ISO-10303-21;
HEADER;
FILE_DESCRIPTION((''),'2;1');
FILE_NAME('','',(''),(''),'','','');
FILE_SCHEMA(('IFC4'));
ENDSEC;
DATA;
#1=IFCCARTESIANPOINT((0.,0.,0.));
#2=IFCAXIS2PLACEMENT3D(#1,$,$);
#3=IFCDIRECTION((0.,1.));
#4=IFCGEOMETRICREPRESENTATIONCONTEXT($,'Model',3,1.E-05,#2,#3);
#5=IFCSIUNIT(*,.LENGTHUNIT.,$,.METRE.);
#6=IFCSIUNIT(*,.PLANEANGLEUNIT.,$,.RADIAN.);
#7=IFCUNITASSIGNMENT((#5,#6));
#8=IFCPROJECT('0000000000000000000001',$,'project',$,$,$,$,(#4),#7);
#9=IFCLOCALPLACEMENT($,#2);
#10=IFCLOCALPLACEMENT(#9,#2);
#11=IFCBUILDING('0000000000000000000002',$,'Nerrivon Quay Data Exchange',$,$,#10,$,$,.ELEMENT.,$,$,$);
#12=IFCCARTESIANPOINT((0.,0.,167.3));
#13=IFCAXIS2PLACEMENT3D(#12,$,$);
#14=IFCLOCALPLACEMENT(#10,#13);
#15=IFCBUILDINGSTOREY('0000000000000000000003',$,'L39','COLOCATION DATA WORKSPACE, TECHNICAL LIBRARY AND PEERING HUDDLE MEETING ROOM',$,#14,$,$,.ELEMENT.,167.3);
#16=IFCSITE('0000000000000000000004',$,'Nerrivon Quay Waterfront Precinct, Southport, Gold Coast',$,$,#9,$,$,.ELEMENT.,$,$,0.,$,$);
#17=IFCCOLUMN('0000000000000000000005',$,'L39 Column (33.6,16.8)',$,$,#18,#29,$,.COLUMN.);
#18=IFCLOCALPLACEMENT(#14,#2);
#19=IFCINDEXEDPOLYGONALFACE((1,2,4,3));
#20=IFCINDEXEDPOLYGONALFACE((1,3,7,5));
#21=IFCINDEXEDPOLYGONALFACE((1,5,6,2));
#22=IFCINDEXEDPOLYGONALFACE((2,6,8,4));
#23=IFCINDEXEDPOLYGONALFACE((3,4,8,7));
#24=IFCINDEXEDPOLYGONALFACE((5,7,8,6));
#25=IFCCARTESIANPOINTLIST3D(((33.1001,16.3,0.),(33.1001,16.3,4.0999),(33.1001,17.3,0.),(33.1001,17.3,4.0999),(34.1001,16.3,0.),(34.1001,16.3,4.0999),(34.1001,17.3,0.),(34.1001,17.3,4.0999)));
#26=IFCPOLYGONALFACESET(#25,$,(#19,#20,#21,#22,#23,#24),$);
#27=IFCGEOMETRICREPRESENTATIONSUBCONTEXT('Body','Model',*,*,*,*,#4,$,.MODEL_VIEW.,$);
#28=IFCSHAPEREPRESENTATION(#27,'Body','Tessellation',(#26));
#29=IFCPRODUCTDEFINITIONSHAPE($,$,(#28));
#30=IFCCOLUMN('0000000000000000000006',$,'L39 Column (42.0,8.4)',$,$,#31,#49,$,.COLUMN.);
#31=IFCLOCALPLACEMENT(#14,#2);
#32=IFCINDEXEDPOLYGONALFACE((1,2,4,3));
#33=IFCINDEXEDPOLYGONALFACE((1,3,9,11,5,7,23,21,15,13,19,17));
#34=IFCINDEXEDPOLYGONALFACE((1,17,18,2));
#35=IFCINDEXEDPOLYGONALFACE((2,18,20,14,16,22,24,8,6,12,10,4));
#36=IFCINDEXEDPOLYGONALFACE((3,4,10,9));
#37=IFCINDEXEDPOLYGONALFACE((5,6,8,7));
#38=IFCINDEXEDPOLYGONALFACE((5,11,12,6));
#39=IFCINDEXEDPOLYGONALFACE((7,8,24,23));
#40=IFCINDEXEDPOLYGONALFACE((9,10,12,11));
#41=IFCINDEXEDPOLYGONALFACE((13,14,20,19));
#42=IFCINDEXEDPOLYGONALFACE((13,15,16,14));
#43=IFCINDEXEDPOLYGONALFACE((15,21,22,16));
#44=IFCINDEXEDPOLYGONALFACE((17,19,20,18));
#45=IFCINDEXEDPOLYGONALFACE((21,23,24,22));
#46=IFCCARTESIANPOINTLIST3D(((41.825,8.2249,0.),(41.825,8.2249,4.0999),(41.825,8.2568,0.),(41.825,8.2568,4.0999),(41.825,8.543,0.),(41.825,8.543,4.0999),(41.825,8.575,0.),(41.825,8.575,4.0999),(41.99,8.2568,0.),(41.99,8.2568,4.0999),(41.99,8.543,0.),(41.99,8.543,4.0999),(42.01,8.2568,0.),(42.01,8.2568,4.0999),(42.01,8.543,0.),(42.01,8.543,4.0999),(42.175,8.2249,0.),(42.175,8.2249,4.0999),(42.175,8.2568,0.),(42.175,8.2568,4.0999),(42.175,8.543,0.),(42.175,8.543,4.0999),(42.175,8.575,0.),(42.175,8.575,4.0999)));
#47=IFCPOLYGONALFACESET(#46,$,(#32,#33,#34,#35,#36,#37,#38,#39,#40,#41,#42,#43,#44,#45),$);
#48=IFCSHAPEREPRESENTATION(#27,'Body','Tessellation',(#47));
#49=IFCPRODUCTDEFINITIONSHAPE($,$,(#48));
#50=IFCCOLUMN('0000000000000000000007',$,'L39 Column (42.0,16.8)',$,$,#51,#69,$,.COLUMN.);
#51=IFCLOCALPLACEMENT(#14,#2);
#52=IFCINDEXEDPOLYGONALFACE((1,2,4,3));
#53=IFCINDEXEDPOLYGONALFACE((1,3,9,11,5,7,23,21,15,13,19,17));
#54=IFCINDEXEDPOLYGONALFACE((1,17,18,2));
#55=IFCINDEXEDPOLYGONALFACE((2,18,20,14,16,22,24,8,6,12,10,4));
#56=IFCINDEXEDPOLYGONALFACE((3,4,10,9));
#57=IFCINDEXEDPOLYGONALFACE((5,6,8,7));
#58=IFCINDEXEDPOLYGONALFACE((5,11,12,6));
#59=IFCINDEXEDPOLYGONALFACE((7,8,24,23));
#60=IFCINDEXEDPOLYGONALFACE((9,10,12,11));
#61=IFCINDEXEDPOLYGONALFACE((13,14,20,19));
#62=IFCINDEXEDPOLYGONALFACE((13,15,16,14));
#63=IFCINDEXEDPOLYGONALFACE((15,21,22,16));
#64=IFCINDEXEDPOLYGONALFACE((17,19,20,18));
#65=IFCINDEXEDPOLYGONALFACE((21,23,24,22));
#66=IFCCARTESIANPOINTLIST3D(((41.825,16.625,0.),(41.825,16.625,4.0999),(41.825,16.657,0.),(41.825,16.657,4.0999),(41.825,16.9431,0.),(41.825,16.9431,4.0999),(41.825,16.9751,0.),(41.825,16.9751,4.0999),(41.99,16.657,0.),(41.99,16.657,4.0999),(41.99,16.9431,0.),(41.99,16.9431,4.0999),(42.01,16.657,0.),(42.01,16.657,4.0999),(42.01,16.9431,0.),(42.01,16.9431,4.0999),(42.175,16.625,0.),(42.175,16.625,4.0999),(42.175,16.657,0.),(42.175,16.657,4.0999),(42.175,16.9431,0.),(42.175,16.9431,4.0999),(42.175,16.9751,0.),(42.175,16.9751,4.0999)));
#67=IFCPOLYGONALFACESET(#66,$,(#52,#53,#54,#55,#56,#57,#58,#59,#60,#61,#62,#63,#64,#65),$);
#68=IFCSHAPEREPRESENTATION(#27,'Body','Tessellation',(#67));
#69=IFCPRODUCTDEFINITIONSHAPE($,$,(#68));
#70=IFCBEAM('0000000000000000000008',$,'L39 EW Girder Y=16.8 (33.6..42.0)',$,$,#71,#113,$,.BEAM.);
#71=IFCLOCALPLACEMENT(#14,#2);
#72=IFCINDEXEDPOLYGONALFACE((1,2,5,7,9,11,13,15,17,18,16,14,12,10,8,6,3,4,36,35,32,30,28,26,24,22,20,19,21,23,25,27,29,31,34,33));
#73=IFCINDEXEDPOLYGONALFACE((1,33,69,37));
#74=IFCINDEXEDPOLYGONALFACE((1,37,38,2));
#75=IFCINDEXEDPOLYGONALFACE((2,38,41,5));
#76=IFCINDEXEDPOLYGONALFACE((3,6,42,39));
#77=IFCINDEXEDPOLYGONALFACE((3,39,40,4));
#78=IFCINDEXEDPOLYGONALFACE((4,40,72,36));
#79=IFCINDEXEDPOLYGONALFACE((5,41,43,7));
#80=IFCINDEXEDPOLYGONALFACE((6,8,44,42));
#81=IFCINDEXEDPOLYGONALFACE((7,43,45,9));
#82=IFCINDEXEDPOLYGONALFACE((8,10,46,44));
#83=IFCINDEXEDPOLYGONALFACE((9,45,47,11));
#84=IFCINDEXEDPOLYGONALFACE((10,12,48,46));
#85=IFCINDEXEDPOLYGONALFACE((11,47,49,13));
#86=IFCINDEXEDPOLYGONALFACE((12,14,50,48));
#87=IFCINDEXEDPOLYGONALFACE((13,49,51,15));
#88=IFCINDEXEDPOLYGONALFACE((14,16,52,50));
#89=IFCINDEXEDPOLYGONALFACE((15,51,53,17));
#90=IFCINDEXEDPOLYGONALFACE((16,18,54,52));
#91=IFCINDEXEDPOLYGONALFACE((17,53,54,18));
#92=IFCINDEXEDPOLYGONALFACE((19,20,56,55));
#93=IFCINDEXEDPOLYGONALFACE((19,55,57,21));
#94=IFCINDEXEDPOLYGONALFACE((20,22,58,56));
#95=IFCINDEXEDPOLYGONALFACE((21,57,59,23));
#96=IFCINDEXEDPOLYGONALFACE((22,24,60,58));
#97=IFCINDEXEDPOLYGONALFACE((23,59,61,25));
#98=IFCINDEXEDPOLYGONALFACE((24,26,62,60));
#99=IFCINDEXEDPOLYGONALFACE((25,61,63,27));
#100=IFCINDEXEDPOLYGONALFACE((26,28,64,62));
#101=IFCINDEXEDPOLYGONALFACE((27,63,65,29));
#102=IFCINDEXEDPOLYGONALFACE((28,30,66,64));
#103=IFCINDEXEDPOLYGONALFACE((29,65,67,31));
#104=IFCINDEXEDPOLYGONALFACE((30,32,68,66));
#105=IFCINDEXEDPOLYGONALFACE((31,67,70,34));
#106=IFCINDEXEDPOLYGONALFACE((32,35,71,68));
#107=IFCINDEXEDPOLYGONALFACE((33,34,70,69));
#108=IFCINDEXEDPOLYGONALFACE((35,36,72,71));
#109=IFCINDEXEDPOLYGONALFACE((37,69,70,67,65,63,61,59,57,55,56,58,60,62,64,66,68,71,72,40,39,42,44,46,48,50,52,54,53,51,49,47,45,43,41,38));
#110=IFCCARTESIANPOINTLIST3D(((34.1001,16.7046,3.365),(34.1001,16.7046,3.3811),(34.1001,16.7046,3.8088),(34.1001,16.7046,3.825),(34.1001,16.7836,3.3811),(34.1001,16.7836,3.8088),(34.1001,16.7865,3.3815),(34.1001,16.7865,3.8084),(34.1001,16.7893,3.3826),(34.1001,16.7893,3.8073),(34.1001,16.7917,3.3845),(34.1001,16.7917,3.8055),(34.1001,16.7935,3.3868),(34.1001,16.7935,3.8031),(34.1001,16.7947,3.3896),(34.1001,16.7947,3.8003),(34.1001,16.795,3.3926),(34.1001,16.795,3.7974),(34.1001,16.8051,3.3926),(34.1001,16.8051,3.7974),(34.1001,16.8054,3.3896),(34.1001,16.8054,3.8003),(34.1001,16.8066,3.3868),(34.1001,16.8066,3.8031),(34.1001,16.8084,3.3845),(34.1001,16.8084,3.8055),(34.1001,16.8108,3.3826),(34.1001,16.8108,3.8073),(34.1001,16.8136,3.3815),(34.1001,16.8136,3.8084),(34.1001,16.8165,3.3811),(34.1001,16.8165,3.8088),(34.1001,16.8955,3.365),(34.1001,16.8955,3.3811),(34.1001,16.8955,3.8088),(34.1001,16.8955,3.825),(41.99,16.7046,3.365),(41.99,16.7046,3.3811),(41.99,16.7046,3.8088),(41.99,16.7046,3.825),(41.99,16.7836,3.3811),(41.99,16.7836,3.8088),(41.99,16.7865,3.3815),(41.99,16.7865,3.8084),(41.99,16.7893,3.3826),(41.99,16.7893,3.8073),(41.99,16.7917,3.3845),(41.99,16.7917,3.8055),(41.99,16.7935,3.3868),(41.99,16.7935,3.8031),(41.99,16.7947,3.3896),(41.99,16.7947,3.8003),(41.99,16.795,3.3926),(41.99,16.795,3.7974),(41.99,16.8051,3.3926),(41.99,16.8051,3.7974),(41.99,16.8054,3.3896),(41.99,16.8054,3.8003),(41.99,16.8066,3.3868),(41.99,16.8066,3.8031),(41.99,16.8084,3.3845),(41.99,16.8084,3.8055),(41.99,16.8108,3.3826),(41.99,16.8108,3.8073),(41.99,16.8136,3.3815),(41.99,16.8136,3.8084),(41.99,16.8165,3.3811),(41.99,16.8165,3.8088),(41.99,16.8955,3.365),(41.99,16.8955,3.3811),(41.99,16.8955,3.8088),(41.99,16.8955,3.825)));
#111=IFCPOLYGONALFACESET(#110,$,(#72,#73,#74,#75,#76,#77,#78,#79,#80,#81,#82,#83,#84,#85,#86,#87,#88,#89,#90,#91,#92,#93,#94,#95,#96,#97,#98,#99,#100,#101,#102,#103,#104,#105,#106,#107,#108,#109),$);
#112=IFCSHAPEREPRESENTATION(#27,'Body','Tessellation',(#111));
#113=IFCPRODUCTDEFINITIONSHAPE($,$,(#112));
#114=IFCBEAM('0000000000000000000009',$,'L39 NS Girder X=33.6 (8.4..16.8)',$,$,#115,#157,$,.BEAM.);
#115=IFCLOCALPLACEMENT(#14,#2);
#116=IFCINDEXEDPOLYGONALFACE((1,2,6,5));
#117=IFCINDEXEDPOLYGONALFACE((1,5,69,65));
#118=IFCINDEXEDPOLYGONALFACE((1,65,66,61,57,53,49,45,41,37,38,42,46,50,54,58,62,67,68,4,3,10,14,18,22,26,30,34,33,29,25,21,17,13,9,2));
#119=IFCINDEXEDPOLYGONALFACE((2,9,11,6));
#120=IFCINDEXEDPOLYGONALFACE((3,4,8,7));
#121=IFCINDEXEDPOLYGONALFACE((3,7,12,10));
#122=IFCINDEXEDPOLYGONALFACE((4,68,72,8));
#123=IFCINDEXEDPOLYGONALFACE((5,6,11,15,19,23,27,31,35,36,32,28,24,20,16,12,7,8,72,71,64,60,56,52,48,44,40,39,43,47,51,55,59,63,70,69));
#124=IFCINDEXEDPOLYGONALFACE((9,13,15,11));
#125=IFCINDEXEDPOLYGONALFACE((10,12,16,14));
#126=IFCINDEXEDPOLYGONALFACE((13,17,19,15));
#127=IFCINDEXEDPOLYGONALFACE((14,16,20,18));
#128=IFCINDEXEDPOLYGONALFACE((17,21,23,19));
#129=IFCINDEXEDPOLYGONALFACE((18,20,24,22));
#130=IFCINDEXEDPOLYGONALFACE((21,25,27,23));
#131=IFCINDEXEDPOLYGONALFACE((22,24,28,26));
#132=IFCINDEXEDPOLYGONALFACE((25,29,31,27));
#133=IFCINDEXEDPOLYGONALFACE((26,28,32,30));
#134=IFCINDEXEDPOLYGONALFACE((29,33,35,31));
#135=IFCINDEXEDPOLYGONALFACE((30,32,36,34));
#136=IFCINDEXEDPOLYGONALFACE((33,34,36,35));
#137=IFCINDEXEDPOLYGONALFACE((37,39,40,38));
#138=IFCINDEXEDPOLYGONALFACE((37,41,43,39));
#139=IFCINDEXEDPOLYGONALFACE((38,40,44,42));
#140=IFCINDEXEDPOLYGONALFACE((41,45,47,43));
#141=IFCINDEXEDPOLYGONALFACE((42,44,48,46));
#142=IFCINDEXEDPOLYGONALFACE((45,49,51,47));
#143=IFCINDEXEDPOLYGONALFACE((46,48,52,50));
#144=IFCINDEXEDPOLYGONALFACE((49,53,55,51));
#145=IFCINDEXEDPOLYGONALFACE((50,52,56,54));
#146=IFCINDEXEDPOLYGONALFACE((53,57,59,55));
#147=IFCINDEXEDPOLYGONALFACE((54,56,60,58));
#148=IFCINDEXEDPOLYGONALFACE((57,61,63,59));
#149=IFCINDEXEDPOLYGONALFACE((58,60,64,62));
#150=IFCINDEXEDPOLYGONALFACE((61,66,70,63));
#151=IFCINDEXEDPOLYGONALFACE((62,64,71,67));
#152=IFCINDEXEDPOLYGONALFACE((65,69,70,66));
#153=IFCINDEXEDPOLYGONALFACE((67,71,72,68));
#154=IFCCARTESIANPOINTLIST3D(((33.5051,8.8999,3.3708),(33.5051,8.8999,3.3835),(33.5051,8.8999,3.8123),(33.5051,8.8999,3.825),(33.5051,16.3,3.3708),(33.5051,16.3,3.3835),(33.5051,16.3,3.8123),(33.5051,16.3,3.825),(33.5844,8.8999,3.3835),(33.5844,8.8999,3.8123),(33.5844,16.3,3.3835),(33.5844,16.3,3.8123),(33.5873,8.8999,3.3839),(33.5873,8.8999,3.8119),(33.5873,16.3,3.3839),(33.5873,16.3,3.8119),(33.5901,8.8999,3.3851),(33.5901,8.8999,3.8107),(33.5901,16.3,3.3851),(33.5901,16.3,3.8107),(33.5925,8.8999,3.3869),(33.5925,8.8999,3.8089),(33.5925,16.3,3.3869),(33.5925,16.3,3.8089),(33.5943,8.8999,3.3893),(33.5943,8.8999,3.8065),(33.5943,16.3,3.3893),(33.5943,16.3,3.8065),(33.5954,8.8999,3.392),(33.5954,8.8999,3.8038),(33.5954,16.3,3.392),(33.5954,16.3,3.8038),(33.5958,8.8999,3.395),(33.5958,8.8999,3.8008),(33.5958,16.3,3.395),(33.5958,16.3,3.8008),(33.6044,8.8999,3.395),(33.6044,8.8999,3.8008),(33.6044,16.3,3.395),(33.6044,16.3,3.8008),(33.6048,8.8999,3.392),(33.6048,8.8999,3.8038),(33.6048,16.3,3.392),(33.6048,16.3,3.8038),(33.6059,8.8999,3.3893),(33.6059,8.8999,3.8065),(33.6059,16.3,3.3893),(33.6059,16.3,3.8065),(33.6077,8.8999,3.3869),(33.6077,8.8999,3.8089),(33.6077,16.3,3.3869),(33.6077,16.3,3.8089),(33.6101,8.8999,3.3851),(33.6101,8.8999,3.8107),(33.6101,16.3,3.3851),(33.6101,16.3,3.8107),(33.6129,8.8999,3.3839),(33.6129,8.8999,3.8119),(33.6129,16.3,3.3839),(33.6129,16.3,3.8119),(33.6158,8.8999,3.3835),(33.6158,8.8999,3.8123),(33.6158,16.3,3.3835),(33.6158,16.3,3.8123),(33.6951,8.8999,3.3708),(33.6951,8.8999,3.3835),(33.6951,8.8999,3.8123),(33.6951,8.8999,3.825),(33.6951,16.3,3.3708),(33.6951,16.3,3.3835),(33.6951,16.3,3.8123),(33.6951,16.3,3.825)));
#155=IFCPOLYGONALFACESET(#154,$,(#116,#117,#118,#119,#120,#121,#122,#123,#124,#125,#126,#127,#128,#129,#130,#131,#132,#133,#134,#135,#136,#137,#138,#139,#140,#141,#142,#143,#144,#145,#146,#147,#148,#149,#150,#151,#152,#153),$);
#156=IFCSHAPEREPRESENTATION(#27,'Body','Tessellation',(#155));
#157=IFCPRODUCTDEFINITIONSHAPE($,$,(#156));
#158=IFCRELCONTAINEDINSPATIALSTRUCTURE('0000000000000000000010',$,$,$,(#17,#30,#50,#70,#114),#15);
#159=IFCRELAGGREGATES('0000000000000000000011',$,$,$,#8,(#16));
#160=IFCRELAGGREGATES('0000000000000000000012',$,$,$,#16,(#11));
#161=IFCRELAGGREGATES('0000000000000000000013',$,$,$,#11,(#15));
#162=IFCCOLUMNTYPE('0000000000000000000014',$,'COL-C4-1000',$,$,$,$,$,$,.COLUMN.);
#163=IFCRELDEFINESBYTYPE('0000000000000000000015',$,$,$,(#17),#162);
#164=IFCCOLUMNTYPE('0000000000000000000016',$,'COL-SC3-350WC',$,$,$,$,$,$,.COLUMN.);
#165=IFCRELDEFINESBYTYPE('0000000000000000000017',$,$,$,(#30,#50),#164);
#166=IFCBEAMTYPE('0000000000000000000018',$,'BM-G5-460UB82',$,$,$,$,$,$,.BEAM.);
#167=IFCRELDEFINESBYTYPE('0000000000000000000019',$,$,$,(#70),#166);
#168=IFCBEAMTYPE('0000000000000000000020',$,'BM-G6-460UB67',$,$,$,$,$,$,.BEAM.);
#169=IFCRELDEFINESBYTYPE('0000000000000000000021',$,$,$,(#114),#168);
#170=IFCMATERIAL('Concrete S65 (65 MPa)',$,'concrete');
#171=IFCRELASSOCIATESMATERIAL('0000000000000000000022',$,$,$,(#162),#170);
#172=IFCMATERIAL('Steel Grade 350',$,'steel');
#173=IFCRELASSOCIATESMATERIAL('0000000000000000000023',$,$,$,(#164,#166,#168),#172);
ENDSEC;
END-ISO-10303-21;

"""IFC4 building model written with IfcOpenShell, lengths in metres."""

from ifc_helpers import new_model, si_unit, direction, frame, origin, origin_2d, place, context, subcontext, project, spatial, rectangle, i_section, extrude, material, material_profile, profile_set, type_object, element, save


model = new_model("IFC4")

# Units and contexts
model_context = context("Model", 3, precision=1e-05, world=origin(), true_north=direction((0.0, 1.0)))
body_context = subcontext(model_context, "Body", "Model", "MODEL_VIEW")
ifc_project = project(units=[si_unit("LENGTHUNIT", "METRE"), si_unit("PLANEANGLEUNIT", "RADIAN")], contexts=[model_context])

# Site, building, storey
site_placement = place(None, origin())
site = spatial("IfcSite", under=ifc_project, at=site_placement, Name="Nerrivon Quay Waterfront Precinct, Southport, Gold Coast", CompositionType="ELEMENT", RefElevation=0.0)
building_placement = place(site_placement, origin())
building = spatial("IfcBuilding", under=site, at=building_placement, Name="Nerrivon Quay Data Exchange", CompositionType="ELEMENT")
storey_placement = place(building_placement, frame((0.0, 0.0, 167.3)))
storey = spatial("IfcBuildingStorey", under=building, at=storey_placement, Name="L39", Description="COLOCATION DATA WORKSPACE, TECHNICAL LIBRARY AND PEERING HUDDLE MEETING ROOM", CompositionType="ELEMENT", Elevation=167.3)

# Columns
ifc_material_1 = material(Name="Concrete S65 (65 MPa)", Category="concrete")
ifc_material_profile_1 = material_profile(ifc_material_1, rectangle(XDim=1.0, YDim=1.0, at=origin_2d()), Name="RC-COL-1000x1000")
ifc_profile_set_1 = profile_set([ifc_material_profile_1], Name="Concrete S65 (65 MPa)")
column_type_1 = type_object("IfcColumnType", Name="COL-C4-1000", PredefinedType="COLUMN", material=ifc_profile_set_1)
column_placement = place(storey_placement, frame((33.6001, 16.8, 0.0), z_axis=(0.0, 0.0, 1.0), x_axis=(1.0, 0.0, 0.0)))
element("IfcColumn", 1, at=column_placement, inside=storey, type_object=column_type_1, Name="L39 Column (33.6,16.8)", PredefinedType="COLUMN", context=body_context, shape_type="SweptSolid", body=[
    extrude(rectangle(XDim=1.0, YDim=1.0, at=origin_2d()), origin(), (0.0, 0.0, 1.0), 4.0999),
])
ifc_material_2 = material(Name="Steel Grade 350", Category="steel")
ifc_material_profile_2 = material_profile(ifc_material_2, i_section(OverallWidth=0.3501, OverallDepth=0.3501, WebThickness=0.02, FlangeThickness=0.032, at=origin_2d()), Name="350WC230")
ifc_profile_set_2 = profile_set([ifc_material_profile_2], Name="Steel Grade 350")
column_type_2 = type_object("IfcColumnType", Name="COL-SC3-350WC", PredefinedType="COLUMN", material=ifc_profile_set_2)
for number, where, z_axis, x_axis, name in (
    (2, (42.0, 8.3999, 0.0), (0.0, 0.0, 1.0), (1.0, 0.0, 0.0), "L39 Column (42.0,8.4)"),
    (3, (42.0, 16.8, 0.0), (0.0, 0.0, 1.0), (1.0, 0.0, 0.0), "L39 Column (42.0,16.8)"),
):
    element("IfcColumn", number, at=place(storey_placement, frame(where, z_axis=z_axis, x_axis=x_axis)), inside=storey, type_object=column_type_2, Name=name, PredefinedType="COLUMN", context=body_context, shape_type="SweptSolid", body=[
        extrude(i_section(OverallWidth=0.3501, OverallDepth=0.3501, WebThickness=0.02, FlangeThickness=0.032, at=origin_2d()), origin(), (0.0, 0.0, 1.0), 4.0999),
    ])

# Beams
ifc_material_profile_3 = material_profile(ifc_material_2, i_section(OverallWidth=0.1909, OverallDepth=0.46, WebThickness=0.01, FlangeThickness=0.0161, FilletRadius=0.0115, at=origin_2d()), Name="460UB82.1")
ifc_profile_set_3 = profile_set([ifc_material_profile_3], Name="Steel Grade 350")
beam_type_1 = type_object("IfcBeamType", Name="BM-G5-460UB82", PredefinedType="BEAM", material=ifc_profile_set_3)
beam_1_placement = place(storey_placement, frame((34.1001, 16.8, 3.595), z_axis=(1.0, 0.0, 0.0), x_axis=(0.0, 1.0, 0.0)))
element("IfcBeam", 4, at=beam_1_placement, inside=storey, type_object=beam_type_1, Name="L39 EW Girder Y=16.8 (33.6..42.0)", PredefinedType="BEAM", context=body_context, shape_type="SweptSolid", body=[
    extrude(i_section(OverallWidth=0.1909, OverallDepth=0.46, WebThickness=0.01, FlangeThickness=0.0161, FilletRadius=0.0115, at=origin_2d()), origin(), (0.0, 0.0, 1.0), 7.8899),
])
ifc_material_profile_4 = material_profile(ifc_material_2, i_section(OverallWidth=0.1899, OverallDepth=0.4541, WebThickness=0.0085, FlangeThickness=0.0127, FilletRadius=0.0115, at=origin_2d()), Name="460UB67.1")
ifc_profile_set_4 = profile_set([ifc_material_profile_4], Name="Steel Grade 350")
beam_type_2 = type_object("IfcBeamType", Name="BM-G6-460UB67", PredefinedType="BEAM", material=ifc_profile_set_4)
beam_2_placement = place(storey_placement, frame((33.6001, 8.8999, 3.5979), z_axis=(0.0, 1.0, 0.0), x_axis=(-1.0, 0.0, 0.0)))
element("IfcBeam", 5, at=beam_2_placement, inside=storey, type_object=beam_type_2, Name="L39 NS Girder X=33.6 (8.4..16.8)", PredefinedType="BEAM", context=body_context, shape_type="SweptSolid", body=[
    extrude(i_section(OverallWidth=0.1899, OverallDepth=0.4541, WebThickness=0.0085, FlangeThickness=0.0127, FilletRadius=0.0115, at=origin_2d()), origin(), (0.0, 0.0, 1.0), 7.4001),
])

save(model, "model.ifc")
